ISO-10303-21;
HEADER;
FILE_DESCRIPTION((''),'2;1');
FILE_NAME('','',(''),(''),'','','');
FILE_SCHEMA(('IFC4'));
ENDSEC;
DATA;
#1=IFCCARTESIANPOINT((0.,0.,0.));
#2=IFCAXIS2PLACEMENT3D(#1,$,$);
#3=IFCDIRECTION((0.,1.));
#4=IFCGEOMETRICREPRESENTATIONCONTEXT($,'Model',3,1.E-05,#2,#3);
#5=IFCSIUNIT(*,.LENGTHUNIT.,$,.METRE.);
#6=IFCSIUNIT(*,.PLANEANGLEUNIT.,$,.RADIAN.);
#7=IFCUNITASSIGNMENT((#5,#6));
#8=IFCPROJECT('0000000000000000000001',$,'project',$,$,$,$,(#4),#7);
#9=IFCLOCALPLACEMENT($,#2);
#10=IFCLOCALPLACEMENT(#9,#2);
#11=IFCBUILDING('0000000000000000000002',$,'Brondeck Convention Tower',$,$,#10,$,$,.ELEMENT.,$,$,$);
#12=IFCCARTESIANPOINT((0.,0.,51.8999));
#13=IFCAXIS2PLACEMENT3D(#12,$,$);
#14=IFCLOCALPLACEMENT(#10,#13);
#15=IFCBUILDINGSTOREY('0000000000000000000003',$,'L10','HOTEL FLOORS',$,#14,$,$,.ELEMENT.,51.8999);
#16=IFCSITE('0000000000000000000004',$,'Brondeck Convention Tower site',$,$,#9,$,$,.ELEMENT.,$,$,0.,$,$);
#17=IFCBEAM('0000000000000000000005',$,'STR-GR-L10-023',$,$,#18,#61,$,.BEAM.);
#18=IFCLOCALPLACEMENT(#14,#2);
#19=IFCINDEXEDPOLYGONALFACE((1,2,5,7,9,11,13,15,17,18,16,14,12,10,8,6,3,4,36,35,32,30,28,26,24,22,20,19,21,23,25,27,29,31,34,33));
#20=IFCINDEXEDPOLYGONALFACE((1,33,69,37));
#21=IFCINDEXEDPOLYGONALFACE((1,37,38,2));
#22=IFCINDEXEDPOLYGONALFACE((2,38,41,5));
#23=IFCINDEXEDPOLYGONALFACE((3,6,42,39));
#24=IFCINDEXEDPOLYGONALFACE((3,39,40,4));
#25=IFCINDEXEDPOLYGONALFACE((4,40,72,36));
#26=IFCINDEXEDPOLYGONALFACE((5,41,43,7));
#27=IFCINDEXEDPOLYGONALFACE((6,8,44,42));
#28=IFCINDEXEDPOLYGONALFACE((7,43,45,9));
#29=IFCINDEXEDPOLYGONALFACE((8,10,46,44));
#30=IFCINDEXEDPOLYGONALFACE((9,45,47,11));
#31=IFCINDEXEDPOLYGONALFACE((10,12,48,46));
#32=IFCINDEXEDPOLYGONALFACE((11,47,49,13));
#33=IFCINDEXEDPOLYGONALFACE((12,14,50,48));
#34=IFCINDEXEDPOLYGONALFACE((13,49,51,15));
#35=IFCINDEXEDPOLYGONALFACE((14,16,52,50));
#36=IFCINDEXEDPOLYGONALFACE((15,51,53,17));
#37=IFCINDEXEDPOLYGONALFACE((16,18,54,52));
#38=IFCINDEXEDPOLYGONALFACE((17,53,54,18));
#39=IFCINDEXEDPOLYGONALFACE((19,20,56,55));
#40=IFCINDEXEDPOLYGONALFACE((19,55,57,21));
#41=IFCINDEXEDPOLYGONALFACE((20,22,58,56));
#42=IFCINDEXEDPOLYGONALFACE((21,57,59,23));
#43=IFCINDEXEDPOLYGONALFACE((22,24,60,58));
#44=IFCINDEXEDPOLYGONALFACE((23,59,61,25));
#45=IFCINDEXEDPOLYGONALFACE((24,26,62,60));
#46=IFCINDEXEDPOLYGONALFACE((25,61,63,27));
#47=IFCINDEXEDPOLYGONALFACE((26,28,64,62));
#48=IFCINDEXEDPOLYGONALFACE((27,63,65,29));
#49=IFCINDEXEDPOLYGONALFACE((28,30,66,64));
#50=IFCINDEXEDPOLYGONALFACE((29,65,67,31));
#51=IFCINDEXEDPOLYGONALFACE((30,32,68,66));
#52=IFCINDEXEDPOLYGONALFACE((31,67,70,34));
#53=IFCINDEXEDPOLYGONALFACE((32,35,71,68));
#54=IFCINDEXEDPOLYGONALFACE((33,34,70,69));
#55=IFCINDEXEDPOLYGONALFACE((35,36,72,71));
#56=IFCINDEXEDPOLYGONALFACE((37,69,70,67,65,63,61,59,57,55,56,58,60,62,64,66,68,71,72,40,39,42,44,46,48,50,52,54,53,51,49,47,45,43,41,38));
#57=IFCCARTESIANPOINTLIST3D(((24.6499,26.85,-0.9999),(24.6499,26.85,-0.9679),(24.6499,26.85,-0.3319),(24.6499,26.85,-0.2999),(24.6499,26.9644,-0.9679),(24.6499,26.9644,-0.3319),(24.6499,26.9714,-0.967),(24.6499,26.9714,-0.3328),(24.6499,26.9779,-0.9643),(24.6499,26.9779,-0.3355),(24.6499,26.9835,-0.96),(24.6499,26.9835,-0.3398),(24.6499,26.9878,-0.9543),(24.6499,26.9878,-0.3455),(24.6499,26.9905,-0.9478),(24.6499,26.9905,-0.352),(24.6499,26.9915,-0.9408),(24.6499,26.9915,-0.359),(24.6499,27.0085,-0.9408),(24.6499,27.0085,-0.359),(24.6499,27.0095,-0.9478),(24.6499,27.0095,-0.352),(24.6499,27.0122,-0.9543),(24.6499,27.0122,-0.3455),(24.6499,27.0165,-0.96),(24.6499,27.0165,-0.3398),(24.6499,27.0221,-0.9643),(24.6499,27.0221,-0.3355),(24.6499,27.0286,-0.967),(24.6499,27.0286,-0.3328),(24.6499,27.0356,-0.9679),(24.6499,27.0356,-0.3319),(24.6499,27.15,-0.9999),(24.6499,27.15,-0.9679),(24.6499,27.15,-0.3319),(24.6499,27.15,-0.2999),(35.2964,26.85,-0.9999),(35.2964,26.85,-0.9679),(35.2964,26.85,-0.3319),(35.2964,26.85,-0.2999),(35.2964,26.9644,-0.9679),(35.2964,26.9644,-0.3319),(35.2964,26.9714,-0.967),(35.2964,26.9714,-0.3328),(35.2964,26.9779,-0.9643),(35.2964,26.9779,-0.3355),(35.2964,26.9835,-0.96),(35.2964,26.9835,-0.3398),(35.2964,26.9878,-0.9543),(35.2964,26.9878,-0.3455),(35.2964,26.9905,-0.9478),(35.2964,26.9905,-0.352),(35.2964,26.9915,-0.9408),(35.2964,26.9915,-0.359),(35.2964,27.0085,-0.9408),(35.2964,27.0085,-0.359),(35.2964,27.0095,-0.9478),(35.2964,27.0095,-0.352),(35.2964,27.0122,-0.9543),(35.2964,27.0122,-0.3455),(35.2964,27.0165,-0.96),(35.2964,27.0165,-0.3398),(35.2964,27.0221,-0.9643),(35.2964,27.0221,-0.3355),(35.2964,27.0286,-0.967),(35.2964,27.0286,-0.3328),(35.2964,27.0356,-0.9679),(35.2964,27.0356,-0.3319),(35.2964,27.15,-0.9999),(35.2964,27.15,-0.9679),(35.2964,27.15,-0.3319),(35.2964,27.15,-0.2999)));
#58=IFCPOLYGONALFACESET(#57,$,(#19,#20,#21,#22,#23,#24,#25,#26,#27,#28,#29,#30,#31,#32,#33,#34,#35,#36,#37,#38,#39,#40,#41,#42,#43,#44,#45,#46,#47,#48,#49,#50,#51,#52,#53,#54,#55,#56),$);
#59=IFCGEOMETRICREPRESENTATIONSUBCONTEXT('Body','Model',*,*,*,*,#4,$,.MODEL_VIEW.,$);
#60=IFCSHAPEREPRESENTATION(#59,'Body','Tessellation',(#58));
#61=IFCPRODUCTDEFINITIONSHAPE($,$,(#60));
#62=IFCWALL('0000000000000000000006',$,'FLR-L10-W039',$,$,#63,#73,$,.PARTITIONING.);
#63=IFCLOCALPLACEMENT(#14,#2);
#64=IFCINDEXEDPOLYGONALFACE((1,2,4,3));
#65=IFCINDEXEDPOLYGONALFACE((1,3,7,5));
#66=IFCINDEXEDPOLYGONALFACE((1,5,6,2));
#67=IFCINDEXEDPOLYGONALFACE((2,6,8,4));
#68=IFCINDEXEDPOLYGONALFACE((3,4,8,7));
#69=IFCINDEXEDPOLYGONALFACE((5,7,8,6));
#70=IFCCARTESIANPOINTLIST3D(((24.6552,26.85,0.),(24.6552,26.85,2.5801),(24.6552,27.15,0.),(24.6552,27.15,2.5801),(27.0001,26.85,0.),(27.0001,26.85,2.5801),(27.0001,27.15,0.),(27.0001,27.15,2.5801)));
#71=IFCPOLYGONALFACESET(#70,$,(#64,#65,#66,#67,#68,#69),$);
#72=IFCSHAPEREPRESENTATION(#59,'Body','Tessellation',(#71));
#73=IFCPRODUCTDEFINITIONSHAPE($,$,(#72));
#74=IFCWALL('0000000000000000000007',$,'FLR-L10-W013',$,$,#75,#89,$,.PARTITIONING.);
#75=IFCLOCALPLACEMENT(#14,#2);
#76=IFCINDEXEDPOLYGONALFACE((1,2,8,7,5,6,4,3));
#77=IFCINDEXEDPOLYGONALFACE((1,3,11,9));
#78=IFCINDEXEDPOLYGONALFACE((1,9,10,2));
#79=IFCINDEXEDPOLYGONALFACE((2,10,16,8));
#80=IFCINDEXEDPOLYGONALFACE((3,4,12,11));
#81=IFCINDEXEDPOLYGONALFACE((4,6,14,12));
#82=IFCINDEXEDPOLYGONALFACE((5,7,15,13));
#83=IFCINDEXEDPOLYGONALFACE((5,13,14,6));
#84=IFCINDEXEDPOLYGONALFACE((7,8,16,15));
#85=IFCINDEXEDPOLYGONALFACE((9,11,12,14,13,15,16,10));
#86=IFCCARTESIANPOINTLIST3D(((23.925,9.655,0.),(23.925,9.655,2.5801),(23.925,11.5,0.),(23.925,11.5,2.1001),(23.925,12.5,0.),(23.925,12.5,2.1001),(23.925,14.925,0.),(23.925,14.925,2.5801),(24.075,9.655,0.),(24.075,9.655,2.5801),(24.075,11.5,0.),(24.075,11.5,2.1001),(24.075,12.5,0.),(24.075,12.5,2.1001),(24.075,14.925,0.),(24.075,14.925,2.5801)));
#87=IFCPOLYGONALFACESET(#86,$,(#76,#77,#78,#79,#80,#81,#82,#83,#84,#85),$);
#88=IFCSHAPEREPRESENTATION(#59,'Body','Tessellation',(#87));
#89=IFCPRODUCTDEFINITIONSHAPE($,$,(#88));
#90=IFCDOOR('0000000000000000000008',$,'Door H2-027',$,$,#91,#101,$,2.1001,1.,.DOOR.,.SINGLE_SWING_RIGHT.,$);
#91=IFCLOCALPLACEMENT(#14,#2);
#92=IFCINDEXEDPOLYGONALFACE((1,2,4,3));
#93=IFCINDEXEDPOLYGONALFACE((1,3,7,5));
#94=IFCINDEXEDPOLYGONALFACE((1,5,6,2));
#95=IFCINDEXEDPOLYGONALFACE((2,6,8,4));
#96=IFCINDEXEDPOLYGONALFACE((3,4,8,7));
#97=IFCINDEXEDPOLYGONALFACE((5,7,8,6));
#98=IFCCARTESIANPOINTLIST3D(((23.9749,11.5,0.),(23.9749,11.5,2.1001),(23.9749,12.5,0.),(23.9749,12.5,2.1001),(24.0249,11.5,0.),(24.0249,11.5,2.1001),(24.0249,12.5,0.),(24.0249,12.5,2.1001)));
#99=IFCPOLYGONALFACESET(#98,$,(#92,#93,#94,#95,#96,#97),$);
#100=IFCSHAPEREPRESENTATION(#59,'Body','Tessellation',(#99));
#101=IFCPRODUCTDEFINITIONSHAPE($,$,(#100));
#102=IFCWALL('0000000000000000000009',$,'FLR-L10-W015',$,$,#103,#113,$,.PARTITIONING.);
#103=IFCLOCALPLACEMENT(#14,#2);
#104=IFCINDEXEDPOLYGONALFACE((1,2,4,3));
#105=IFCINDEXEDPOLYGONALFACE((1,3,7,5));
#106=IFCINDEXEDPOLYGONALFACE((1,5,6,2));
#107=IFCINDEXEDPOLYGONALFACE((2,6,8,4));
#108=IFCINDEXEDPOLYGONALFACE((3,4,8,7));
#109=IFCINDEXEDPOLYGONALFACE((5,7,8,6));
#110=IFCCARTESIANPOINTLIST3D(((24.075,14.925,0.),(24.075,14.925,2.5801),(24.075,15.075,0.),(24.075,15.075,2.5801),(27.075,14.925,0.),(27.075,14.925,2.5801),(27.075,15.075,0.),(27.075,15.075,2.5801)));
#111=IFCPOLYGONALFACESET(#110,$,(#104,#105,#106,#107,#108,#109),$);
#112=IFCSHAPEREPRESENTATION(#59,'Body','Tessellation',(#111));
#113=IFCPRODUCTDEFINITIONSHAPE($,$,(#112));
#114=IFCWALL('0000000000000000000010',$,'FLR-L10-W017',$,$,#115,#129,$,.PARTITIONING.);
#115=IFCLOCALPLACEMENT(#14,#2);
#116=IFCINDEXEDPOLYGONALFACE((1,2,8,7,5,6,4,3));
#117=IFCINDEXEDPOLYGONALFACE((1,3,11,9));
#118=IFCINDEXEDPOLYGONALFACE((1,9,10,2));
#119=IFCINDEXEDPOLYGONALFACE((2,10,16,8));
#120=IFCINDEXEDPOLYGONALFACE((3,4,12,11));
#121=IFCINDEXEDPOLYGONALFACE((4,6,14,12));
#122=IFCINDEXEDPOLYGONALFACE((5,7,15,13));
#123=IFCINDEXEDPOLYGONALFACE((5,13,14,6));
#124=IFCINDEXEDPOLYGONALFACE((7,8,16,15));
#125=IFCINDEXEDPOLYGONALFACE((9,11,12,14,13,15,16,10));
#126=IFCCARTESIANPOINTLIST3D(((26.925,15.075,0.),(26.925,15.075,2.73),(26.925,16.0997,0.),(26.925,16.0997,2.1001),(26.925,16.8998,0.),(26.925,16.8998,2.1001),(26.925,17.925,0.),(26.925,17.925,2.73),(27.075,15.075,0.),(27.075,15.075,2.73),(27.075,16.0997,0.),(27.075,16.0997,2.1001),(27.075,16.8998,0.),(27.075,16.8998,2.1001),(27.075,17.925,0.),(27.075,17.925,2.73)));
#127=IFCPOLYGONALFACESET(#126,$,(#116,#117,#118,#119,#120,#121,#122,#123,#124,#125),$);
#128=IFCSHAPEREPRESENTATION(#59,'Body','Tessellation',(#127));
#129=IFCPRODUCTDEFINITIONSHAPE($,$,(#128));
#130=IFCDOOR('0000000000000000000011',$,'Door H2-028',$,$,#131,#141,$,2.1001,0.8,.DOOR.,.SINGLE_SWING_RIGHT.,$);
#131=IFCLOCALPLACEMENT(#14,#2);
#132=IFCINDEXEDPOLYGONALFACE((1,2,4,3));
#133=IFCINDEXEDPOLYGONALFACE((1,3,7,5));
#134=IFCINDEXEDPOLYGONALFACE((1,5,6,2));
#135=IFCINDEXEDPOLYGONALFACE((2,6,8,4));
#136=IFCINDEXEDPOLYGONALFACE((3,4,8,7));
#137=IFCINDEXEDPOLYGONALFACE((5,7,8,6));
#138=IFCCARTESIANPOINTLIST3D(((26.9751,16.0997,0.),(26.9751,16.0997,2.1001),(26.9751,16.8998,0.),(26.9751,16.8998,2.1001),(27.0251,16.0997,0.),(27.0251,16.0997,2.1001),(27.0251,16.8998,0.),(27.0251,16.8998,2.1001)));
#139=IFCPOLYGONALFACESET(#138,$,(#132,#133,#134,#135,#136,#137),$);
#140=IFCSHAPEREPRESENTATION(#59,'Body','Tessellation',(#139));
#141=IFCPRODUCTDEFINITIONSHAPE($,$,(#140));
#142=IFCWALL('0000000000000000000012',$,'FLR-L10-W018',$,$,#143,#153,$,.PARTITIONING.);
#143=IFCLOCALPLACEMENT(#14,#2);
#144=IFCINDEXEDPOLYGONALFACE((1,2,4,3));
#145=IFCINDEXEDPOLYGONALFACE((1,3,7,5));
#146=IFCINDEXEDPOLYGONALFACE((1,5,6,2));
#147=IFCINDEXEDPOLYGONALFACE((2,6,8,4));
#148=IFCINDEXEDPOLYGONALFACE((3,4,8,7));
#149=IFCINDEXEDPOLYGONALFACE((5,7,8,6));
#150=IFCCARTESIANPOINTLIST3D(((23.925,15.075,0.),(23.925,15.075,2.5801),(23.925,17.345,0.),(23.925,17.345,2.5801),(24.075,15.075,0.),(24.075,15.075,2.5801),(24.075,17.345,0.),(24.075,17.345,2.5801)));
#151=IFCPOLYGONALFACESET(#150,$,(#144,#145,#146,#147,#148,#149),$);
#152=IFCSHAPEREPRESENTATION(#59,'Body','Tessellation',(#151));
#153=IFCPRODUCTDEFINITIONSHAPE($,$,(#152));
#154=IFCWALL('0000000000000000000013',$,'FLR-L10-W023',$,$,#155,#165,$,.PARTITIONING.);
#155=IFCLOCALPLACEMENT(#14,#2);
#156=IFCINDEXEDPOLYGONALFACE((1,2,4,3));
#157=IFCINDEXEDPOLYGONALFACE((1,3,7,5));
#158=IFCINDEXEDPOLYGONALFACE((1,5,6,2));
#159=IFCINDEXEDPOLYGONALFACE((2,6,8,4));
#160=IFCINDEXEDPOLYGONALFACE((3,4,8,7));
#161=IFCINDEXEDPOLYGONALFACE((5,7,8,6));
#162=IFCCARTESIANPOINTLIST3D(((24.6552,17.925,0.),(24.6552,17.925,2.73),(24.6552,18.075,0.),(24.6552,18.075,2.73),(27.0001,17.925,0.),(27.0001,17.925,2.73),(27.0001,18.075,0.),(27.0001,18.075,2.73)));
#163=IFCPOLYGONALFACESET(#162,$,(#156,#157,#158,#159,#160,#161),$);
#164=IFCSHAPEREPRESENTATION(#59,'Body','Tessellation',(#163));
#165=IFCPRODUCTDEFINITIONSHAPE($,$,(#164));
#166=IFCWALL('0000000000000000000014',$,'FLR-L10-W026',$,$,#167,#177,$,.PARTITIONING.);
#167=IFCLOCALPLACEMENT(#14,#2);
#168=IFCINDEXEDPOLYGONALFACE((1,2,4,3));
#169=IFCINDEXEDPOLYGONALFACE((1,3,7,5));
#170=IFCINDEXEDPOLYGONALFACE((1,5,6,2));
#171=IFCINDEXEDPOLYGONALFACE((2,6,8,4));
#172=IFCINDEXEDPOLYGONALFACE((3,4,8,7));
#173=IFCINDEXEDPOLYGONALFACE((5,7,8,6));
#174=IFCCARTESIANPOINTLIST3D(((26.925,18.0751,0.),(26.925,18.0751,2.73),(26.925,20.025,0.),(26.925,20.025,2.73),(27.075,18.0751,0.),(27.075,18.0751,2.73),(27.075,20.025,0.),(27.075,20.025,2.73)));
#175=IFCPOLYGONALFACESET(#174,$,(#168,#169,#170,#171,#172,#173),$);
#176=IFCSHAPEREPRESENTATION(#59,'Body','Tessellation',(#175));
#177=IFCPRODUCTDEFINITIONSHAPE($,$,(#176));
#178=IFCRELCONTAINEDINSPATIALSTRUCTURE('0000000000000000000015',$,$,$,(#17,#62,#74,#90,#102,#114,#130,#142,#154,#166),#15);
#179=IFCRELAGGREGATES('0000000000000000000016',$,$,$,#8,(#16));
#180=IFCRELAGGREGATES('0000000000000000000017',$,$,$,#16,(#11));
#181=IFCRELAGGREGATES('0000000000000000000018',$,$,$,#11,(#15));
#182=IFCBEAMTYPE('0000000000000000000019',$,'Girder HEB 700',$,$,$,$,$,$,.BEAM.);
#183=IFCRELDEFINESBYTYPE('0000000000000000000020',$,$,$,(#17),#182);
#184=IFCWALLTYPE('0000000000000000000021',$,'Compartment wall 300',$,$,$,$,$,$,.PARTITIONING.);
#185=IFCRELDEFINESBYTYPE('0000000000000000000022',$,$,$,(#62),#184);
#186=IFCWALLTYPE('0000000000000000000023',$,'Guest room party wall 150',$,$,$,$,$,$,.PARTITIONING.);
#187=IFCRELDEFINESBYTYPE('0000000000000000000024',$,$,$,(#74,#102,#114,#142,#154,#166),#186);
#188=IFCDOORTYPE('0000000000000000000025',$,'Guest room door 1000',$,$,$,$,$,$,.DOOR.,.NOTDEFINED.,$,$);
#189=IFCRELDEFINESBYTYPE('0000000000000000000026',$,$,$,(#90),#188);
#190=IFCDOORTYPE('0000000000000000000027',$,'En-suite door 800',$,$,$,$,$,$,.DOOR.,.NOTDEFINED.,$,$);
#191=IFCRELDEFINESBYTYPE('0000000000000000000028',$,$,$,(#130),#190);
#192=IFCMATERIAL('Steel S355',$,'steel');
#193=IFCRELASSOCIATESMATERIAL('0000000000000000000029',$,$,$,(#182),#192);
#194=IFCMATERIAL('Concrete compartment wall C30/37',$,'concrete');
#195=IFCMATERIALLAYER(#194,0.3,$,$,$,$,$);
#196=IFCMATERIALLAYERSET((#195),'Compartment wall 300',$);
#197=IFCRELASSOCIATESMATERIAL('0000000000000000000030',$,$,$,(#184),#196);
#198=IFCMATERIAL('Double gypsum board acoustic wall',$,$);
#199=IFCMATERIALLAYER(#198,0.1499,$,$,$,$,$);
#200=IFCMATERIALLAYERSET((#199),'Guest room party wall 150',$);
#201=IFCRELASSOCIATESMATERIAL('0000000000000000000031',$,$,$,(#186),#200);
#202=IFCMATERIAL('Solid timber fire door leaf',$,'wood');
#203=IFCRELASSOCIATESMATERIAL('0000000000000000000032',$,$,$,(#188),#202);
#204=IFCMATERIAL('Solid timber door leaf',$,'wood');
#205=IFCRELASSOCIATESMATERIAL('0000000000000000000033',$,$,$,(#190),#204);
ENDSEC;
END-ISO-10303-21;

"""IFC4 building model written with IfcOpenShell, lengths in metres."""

from ifc_helpers import new_model, si_unit, direction, frame, frame_2d, origin, origin_2d, place, context, subcontext, project, spatial, rectangle, i_section, extrude, material, layer, layer_set, material_profile, profile_set, type_object, element, fill, save


model = new_model("IFC4")

# Units and contexts
model_context = context("Model", 3, precision=1e-05, world=origin(), true_north=direction((0.0, 1.0)))
body_context = subcontext(model_context, "Body", "Model", "MODEL_VIEW")
ifc_project = project(units=[si_unit("LENGTHUNIT", "METRE"), si_unit("PLANEANGLEUNIT", "RADIAN")], contexts=[model_context])

# Site, building, storey
site_placement = place(None, origin())
site = spatial("IfcSite", under=ifc_project, at=site_placement, Name="Brondeck Convention Tower site", CompositionType="ELEMENT", RefElevation=0.0)
building_placement = place(site_placement, origin())
building = spatial("IfcBuilding", under=site, at=building_placement, Name="Brondeck Convention Tower", CompositionType="ELEMENT")
storey_placement = place(building_placement, frame((0.0, 0.0, 51.8999)))
storey = spatial("IfcBuildingStorey", under=building, at=storey_placement, Name="L10", Description="HOTEL FLOORS", CompositionType="ELEMENT", Elevation=51.8999)

# Beam
ifc_material_1 = material(Name="Steel S355", Category="steel")
ifc_material_profile_1 = material_profile(ifc_material_1, i_section(OverallWidth=0.3, OverallDepth=0.7, WebThickness=0.0171, FlangeThickness=0.032, FilletRadius=0.0271, at=origin_2d()), Name="HEB 700")
ifc_profile_set_1 = profile_set([ifc_material_profile_1], Name="Steel S355")
beam_type_1 = type_object("IfcBeamType", Name="Girder HEB 700", PredefinedType="BEAM", material=ifc_profile_set_1)
beam_1_placement = place(storey_placement, frame((24.6499, 27.0, -0.6499), z_axis=(1.0, 0.0, 0.0), x_axis=(0.0, 1.0, 0.0)))
element("IfcBeam", 1, at=beam_1_placement, inside=storey, type_object=beam_type_1, Name="STR-GR-L10-023", PredefinedType="BEAM", context=body_context, shape_type="SweptSolid", body=[
    extrude(i_section(OverallWidth=0.3, OverallDepth=0.7, WebThickness=0.0171, FlangeThickness=0.032, FilletRadius=0.0271, at=origin_2d()), origin(), (0.0, 0.0, 1.0), 10.6465),
])

# Wall
ifc_material_2 = material(Name="Concrete compartment wall C30/37", Category="concrete")
ifc_layer_1 = layer(ifc_material_2, 0.3)
ifc_layer_set_1 = layer_set([ifc_layer_1], Name="Compartment wall 300")
wall_type_1 = type_object("IfcWallType", Name="Compartment wall 300", PredefinedType="PARTITIONING", material=ifc_layer_set_1)
wall_1_placement = place(storey_placement, frame((27.0, 27.0, 0.0), z_axis=(0.0, 0.0, 1.0), x_axis=(-1.0, 0.0, 0.0)))
element("IfcWall", 2, at=wall_1_placement, inside=storey, type_object=wall_type_1, Name="FLR-L10-W039", PredefinedType="PARTITIONING", context=body_context, shape_type="SweptSolid", body=[
    extrude(rectangle(XDim=2.345, YDim=0.3, at=frame_2d((1.1724, 0.0))), origin(), (0.0, 0.0, 1.0), 2.5801),
])

# Wall, opening, door
ifc_material_3 = material(Name="Double gypsum board acoustic wall")
ifc_layer_2 = layer(ifc_material_3, 0.1499)
ifc_layer_set_2 = layer_set([ifc_layer_2], Name="Guest room party wall 150")
wall_type_2 = type_object("IfcWallType", Name="Guest room party wall 150", PredefinedType="PARTITIONING", material=ifc_layer_set_2)
wall_2_placement = place(storey_placement, frame((24.0, 14.925, 0.0), z_axis=(0.0, 0.0, 1.0), x_axis=(0.0, -1.0, 0.0)))
wall_2 = element("IfcWall", 3, at=wall_2_placement, inside=storey, type_object=wall_type_2, Name="FLR-L10-W013", PredefinedType="PARTITIONING", context=body_context, shape_type="SweptSolid", body=[
    extrude(rectangle(XDim=5.27, YDim=0.1499, at=frame_2d((2.635, 0.0))), origin(), (0.0, 0.0, 1.0), 2.5801),
])
opening_1_placement = place(wall_2_placement, frame((2.425, 0.0, 0.0)))
opening_1 = element("IfcOpeningElement", 4, at=opening_1_placement, cuts=wall_2, PredefinedType="OPENING", context=body_context, shape_type="SweptSolid", body=[
    extrude(rectangle(XDim=1.0, YDim=2.1001, at=frame_2d((0.5, 1.05))), frame((0.0, 0.085, 0.0), z_axis=(0.0, -1.0, 0.0), x_axis=(1.0, 0.0, 0.0)), (0.0, 0.0, 1.0), 0.1699),
])
ifc_material_4 = material(Name="Solid timber fire door leaf", Category="wood")
door_type_1 = type_object("IfcDoorType", Name="Guest room door 1000", OperationType="NOTDEFINED", PredefinedType="DOOR", material=ifc_material_4)
door_1_placement = place(opening_1_placement, origin())
door_1 = element("IfcDoor", 5, at=door_1_placement, inside=storey, type_object=door_type_1, Name="Door H2-027", OperationType="SINGLE_SWING_RIGHT", OverallHeight=2.1001, OverallWidth=1.0, PredefinedType="DOOR", context=body_context, shape_type="SweptSolid", body=[
    extrude(rectangle(XDim=1.0, YDim=2.1001, at=frame_2d((0.5, 1.05))), frame((0.0, 0.0249, 0.0), z_axis=(0.0, -1.0, 0.0), x_axis=(1.0, 0.0, 0.0)), (0.0, 0.0, 1.0), 0.05),
])
fill(opening_1, door_1)

# Wall
wall_3_placement = place(storey_placement, frame((24.075, 15.0, 0.0), z_axis=(0.0, 0.0, 1.0), x_axis=(1.0, 0.0, 0.0)))
element("IfcWall", 6, at=wall_3_placement, inside=storey, type_object=wall_type_2, Name="FLR-L10-W015", PredefinedType="PARTITIONING", context=body_context, shape_type="SweptSolid", body=[
    extrude(rectangle(XDim=3.0, YDim=0.1499, at=frame_2d((1.5, 0.0))), origin(), (0.0, 0.0, 1.0), 2.5801),
])

# Wall, opening, door
wall_4_placement = place(storey_placement, frame((27.0, 15.075, 0.0), z_axis=(0.0, 0.0, 1.0), x_axis=(0.0, 1.0, 0.0)))
wall_4 = element("IfcWall", 7, at=wall_4_placement, inside=storey, type_object=wall_type_2, Name="FLR-L10-W017", PredefinedType="PARTITIONING", context=body_context, shape_type="SweptSolid", body=[
    extrude(rectangle(XDim=2.8501, YDim=0.1499, at=frame_2d((1.425, 0.0))), origin(), (0.0, 0.0, 1.0), 2.73),
])
opening_2_placement = place(wall_4_placement, frame((1.0249, 0.0, 0.0)))
opening_2 = element("IfcOpeningElement", 8, at=opening_2_placement, cuts=wall_4, PredefinedType="OPENING", context=body_context, shape_type="SweptSolid", body=[
    extrude(rectangle(XDim=0.8, YDim=2.1001, at=frame_2d((0.3999, 1.05))), frame((0.0, 0.085, 0.0), z_axis=(0.0, -1.0, 0.0), x_axis=(1.0, 0.0, 0.0)), (0.0, 0.0, 1.0), 0.1699),
])
ifc_material_5 = material(Name="Solid timber door leaf", Category="wood")
door_type_2 = type_object("IfcDoorType", Name="En-suite door 800", OperationType="NOTDEFINED", PredefinedType="DOOR", material=ifc_material_5)
door_2_placement = place(opening_2_placement, origin())
door_2 = element("IfcDoor", 9, at=door_2_placement, inside=storey, type_object=door_type_2, Name="Door H2-028", OperationType="SINGLE_SWING_RIGHT", OverallHeight=2.1001, OverallWidth=0.8, PredefinedType="DOOR", context=body_context, shape_type="SweptSolid", body=[
    extrude(rectangle(XDim=0.8, YDim=2.1001, at=frame_2d((0.3999, 1.05))), frame((0.0, 0.0249, 0.0), z_axis=(0.0, -1.0, 0.0), x_axis=(1.0, 0.0, 0.0)), (0.0, 0.0, 1.0), 0.05),
])
fill(opening_2, door_2)

# Walls
wall_5_placement = place(storey_placement, frame((24.0, 17.345, 0.0), z_axis=(0.0, 0.0, 1.0), x_axis=(0.0, -1.0, 0.0)))
element("IfcWall", 10, at=wall_5_placement, inside=storey, type_object=wall_type_2, Name="FLR-L10-W018", PredefinedType="PARTITIONING", context=body_context, shape_type="SweptSolid", body=[
    extrude(rectangle(XDim=2.27, YDim=0.1499, at=frame_2d((1.135, 0.0))), origin(), (0.0, 0.0, 1.0), 2.5801),
])
wall_6_placement = place(storey_placement, frame((27.0, 18.0, 0.0), z_axis=(0.0, 0.0, 1.0), x_axis=(-1.0, 0.0, 0.0)))
element("IfcWall", 11, at=wall_6_placement, inside=storey, type_object=wall_type_2, Name="FLR-L10-W023", PredefinedType="PARTITIONING", context=body_context, shape_type="SweptSolid", body=[
    extrude(rectangle(XDim=2.345, YDim=0.1499, at=frame_2d((1.1724, 0.0))), origin(), (0.0, 0.0, 1.0), 2.73),
])
wall_7_placement = place(storey_placement, frame((27.0, 18.075, 0.0), z_axis=(0.0, 0.0, 1.0), x_axis=(0.0, 1.0, 0.0)))
element("IfcWall", 12, at=wall_7_placement, inside=storey, type_object=wall_type_2, Name="FLR-L10-W026", PredefinedType="PARTITIONING", context=body_context, shape_type="SweptSolid", body=[
    extrude(rectangle(XDim=1.95, YDim=0.1499, at=frame_2d((0.9751, 0.0))), origin(), (0.0, 0.0, 1.0), 2.73),
])

save(model, "model.ifc")
